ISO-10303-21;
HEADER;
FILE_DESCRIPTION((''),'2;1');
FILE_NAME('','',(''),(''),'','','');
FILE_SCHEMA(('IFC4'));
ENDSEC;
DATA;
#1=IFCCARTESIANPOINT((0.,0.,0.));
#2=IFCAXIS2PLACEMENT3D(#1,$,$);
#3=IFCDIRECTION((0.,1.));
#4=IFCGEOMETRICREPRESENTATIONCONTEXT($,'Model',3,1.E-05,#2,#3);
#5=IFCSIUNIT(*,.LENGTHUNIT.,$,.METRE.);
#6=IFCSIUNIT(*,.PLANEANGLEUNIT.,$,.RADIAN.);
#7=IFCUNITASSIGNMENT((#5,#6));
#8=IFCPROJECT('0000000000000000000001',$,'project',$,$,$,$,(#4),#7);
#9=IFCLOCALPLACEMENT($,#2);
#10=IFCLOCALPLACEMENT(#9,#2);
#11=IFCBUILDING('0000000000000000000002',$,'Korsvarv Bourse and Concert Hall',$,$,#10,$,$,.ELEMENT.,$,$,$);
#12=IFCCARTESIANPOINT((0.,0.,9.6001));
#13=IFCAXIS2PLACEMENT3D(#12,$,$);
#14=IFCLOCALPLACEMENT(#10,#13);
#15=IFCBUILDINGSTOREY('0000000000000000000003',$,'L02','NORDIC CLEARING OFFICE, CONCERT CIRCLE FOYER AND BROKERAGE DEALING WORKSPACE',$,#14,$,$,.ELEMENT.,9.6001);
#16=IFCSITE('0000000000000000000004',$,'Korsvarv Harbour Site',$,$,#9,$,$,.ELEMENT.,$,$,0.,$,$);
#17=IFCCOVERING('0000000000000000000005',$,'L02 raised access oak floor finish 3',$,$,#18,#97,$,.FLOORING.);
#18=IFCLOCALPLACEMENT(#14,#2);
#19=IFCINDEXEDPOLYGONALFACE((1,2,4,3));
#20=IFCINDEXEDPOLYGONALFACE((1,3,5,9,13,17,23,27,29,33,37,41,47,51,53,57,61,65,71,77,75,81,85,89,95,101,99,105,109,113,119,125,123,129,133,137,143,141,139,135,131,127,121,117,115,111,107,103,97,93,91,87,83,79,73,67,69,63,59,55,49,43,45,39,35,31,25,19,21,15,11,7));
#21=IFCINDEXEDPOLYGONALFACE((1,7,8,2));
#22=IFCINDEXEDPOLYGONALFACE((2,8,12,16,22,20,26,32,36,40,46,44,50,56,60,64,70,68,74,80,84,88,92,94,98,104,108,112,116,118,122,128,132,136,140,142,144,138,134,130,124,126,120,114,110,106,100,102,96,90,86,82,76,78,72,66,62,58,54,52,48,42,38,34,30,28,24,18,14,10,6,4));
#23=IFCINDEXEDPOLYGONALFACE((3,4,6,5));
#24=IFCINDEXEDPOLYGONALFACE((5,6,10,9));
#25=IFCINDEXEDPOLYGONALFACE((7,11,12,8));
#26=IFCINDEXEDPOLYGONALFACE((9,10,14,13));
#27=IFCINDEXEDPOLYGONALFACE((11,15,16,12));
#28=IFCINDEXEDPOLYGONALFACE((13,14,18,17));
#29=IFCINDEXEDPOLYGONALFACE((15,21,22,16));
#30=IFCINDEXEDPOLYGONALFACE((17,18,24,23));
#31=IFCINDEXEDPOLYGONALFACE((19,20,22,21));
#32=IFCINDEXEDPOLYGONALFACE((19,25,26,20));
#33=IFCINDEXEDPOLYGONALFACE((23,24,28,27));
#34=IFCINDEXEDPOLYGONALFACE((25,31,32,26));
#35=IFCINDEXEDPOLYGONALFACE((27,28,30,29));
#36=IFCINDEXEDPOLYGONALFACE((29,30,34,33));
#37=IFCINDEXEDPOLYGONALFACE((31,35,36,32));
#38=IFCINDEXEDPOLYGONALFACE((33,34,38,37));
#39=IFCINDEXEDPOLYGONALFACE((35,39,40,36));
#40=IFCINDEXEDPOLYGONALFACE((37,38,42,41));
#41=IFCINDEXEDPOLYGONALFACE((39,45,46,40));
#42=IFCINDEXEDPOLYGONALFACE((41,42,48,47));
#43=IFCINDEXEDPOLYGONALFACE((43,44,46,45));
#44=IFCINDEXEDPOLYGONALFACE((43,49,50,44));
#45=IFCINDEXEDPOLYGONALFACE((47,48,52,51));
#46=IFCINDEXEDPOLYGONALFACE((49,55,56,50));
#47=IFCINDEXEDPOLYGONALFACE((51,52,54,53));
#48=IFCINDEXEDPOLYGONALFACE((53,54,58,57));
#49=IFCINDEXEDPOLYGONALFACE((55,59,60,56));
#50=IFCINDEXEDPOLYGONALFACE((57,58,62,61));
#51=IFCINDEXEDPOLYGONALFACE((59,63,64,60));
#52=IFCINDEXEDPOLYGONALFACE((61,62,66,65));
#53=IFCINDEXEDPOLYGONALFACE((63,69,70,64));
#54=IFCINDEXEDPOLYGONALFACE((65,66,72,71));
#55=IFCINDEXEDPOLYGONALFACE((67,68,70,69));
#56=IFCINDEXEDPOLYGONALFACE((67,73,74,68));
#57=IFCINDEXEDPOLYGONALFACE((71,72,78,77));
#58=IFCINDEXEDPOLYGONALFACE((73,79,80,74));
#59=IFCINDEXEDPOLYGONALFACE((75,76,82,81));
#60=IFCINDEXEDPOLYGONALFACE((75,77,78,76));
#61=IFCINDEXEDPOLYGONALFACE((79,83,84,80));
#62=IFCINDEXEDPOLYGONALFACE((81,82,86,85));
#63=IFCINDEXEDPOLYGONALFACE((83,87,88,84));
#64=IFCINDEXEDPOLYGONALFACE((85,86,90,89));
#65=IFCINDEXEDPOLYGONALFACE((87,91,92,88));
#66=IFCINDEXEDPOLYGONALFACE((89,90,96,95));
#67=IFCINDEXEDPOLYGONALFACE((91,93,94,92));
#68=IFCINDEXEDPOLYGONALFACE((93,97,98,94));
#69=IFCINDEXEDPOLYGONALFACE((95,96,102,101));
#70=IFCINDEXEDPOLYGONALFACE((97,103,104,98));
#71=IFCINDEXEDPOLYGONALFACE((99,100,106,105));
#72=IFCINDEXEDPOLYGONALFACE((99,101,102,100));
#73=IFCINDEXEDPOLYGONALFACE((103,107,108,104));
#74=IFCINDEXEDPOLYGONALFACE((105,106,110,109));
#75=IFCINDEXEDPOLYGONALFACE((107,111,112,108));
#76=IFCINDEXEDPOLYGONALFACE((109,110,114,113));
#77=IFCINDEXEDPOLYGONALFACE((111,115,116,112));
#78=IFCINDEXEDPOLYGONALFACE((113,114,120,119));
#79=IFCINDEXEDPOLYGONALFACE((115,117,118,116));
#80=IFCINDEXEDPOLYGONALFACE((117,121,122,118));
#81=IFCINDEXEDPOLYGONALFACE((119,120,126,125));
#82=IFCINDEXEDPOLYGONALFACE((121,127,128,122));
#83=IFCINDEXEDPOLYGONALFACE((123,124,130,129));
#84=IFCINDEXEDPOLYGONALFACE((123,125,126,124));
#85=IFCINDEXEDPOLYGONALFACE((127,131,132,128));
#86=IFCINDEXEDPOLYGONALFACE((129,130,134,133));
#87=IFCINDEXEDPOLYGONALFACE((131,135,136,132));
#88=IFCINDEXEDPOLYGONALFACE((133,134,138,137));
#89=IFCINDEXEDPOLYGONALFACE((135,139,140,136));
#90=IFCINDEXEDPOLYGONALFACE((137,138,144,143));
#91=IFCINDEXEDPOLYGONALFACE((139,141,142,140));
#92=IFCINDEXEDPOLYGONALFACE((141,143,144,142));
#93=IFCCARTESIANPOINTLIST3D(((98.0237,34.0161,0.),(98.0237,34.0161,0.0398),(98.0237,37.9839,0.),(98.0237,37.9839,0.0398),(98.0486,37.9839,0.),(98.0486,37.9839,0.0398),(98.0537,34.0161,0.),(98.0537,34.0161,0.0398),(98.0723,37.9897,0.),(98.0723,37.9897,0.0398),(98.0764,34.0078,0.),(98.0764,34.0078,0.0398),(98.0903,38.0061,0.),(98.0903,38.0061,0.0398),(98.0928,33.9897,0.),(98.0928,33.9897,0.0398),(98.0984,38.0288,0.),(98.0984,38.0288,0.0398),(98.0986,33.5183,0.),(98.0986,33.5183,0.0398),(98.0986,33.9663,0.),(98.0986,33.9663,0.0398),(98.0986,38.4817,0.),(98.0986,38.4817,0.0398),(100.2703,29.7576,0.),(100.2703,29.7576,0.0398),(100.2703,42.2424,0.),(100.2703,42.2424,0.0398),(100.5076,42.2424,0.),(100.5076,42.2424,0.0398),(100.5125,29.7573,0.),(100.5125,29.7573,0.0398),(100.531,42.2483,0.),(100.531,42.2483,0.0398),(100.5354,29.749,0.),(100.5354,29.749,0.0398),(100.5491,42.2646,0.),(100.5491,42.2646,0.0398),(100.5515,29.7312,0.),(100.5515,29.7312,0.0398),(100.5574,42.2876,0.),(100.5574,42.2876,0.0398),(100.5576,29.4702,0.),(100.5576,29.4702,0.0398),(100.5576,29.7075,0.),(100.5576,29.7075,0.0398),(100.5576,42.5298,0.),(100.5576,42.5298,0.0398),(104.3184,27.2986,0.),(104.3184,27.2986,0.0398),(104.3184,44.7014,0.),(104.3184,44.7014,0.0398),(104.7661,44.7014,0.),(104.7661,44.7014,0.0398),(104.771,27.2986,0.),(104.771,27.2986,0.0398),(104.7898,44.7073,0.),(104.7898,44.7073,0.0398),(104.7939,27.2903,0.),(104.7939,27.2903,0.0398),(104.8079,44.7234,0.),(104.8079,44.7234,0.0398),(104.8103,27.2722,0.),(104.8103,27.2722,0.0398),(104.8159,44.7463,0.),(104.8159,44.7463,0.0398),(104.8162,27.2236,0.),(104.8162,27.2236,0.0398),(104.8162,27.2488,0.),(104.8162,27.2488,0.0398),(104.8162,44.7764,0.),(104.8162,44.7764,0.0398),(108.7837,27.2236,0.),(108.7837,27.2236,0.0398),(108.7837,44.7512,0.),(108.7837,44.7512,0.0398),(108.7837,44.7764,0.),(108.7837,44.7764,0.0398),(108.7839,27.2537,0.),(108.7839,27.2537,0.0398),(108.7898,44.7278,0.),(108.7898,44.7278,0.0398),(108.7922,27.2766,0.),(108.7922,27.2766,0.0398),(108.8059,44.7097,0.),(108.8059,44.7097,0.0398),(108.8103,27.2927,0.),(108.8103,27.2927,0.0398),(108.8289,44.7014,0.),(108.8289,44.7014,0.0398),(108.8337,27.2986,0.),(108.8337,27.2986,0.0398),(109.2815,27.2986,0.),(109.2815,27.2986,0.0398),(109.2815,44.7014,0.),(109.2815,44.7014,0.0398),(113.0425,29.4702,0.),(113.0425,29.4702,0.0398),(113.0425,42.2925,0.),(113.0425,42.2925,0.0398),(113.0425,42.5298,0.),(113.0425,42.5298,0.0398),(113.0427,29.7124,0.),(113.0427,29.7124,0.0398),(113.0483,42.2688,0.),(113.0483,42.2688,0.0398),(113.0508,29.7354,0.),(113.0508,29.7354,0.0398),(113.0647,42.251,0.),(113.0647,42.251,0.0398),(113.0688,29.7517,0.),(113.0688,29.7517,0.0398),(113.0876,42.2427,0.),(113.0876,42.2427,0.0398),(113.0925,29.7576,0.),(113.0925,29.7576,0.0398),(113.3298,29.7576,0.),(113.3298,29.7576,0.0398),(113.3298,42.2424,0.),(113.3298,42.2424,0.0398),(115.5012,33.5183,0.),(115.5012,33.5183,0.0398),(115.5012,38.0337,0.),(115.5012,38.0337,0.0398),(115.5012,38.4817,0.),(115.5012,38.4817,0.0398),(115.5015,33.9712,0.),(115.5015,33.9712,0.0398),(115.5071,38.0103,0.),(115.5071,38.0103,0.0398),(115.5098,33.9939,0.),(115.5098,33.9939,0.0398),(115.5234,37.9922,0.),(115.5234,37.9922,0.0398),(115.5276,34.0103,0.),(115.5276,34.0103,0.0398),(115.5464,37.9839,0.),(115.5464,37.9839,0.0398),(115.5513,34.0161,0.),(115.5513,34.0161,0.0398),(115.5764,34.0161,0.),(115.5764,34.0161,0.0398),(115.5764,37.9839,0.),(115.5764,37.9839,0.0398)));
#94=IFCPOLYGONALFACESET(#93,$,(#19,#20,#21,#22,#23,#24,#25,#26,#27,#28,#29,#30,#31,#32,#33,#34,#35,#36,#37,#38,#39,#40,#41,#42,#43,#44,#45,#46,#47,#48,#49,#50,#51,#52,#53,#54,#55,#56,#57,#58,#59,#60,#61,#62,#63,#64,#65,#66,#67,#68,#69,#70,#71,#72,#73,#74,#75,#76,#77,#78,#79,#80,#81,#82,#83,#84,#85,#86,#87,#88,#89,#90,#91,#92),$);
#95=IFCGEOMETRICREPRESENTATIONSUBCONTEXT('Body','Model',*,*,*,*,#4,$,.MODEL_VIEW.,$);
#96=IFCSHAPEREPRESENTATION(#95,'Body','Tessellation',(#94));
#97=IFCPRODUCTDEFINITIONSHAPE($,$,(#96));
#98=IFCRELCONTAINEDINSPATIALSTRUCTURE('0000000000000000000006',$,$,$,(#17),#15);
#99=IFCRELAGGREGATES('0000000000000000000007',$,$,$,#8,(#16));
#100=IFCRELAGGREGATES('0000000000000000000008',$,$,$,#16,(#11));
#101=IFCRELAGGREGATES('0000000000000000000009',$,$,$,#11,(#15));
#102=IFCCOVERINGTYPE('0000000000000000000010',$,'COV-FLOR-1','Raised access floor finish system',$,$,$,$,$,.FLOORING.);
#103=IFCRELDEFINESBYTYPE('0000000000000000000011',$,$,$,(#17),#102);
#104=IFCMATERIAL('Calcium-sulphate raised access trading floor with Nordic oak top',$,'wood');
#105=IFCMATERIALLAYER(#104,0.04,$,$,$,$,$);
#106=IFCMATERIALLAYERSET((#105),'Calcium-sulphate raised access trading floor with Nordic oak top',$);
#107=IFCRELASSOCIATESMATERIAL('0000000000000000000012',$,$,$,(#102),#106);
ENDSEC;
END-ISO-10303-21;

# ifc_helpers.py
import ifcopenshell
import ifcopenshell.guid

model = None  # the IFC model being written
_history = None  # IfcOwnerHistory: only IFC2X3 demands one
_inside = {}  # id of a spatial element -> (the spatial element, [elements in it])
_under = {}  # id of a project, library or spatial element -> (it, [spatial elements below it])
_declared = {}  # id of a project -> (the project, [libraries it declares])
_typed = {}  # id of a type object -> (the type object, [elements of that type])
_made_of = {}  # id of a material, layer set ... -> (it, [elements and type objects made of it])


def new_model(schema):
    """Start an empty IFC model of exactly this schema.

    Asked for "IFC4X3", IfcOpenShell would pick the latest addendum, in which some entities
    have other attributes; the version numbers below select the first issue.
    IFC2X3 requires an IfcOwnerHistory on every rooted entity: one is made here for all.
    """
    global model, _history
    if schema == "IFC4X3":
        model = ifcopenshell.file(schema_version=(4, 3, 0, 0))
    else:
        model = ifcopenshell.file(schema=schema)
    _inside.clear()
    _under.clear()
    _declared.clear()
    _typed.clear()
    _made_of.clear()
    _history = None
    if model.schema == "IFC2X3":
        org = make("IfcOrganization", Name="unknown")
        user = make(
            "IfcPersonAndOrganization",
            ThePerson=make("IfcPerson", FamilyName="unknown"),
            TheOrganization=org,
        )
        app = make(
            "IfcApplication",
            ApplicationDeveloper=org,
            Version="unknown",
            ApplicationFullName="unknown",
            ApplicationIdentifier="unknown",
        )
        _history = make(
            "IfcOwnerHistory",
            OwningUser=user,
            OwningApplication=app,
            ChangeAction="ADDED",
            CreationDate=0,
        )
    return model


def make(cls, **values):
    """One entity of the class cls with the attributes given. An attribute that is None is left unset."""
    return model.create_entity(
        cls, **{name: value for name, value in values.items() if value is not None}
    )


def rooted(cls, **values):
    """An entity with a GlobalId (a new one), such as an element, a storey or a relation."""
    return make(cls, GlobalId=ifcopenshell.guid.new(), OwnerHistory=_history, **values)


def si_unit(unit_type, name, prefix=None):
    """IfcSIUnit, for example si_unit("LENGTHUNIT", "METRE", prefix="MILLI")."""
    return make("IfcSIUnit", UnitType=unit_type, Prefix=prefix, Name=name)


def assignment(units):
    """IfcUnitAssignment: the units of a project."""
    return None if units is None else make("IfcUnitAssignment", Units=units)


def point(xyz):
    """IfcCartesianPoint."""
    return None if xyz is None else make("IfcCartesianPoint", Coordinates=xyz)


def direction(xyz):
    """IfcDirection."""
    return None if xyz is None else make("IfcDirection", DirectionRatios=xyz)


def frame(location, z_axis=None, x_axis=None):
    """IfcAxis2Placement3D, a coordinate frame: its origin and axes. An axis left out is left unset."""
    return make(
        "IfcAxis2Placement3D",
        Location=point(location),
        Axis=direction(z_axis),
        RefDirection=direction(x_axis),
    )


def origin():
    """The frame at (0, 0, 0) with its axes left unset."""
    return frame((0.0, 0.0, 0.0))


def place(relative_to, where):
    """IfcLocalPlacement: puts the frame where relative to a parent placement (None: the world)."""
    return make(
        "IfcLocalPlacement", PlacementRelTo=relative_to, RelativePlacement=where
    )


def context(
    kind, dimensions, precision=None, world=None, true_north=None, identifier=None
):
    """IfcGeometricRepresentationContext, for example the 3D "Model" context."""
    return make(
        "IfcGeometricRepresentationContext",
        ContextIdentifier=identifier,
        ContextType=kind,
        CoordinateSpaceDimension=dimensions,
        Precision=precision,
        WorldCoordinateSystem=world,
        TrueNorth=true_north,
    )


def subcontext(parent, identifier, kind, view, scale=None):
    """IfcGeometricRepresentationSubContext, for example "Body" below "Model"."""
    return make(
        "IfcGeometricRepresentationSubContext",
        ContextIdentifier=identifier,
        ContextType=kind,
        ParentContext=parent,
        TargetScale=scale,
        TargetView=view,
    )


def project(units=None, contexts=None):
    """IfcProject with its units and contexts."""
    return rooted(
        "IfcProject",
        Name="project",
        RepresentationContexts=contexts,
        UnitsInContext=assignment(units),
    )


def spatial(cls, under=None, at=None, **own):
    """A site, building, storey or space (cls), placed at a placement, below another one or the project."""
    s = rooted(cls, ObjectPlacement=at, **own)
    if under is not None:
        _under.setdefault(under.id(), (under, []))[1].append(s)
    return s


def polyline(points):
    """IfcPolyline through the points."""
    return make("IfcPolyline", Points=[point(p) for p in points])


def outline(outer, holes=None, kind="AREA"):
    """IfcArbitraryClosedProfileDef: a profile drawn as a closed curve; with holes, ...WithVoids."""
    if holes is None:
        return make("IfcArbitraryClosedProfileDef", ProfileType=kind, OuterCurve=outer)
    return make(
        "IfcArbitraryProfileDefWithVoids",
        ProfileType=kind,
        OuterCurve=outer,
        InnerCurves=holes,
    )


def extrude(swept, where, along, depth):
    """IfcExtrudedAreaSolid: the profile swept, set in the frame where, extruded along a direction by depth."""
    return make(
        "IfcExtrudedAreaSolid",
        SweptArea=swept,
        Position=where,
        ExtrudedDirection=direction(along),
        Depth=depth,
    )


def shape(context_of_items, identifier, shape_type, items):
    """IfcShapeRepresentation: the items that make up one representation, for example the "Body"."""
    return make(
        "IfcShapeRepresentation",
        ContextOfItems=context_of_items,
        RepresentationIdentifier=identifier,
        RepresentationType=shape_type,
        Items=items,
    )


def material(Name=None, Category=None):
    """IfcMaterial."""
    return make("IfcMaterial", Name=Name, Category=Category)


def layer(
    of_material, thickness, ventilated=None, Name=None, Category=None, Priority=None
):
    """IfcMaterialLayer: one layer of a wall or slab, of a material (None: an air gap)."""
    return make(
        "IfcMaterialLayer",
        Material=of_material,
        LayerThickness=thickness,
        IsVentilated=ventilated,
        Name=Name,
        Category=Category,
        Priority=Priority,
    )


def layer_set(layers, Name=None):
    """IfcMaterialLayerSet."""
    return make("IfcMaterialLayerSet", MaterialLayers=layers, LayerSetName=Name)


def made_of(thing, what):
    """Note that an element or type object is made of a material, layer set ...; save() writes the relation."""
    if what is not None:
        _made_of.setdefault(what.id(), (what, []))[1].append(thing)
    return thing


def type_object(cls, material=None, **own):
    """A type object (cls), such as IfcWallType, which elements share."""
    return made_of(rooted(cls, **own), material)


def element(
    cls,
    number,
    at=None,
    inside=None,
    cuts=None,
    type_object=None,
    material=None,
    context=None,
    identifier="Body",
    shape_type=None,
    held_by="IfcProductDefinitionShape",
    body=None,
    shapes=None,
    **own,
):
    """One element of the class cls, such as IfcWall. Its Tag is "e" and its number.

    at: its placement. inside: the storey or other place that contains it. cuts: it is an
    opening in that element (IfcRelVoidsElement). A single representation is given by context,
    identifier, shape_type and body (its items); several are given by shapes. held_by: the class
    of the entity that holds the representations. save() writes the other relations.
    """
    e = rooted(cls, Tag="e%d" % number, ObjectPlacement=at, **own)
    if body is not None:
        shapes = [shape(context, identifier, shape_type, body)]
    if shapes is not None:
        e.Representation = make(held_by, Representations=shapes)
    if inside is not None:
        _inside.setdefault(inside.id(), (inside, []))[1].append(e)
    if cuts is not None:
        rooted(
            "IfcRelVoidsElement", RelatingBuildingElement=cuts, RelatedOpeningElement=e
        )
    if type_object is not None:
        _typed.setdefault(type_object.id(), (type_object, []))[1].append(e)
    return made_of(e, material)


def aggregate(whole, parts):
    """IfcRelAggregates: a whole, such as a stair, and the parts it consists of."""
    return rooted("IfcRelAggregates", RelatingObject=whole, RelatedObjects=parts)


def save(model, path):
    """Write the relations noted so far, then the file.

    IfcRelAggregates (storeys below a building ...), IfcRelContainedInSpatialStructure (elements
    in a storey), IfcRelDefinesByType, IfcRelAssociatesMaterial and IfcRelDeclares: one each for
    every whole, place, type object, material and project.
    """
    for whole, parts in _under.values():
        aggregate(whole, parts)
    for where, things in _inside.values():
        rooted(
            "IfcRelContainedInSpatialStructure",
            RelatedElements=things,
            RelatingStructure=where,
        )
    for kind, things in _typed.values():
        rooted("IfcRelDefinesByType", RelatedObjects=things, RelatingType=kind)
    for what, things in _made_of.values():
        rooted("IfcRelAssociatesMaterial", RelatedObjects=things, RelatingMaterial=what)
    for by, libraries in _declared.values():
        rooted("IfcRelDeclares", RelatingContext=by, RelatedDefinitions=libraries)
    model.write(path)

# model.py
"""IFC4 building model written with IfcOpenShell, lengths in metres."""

from ifc_helpers import new_model, si_unit, direction, frame, origin, place, context, subcontext, project, spatial, polyline, outline, extrude, material, layer, layer_set, type_object, element, save


model = new_model("IFC4")

# Units and contexts
model_context = context("Model", 3, precision=1e-05, world=origin(), true_north=direction((0.0, 1.0)))
body_context = subcontext(model_context, "Body", "Model", "MODEL_VIEW")
ifc_project = project(units=[si_unit("LENGTHUNIT", "METRE"), si_unit("PLANEANGLEUNIT", "RADIAN")], contexts=[model_context])

# Site, building, storey
site_placement = place(None, origin())
site = spatial("IfcSite", under=ifc_project, at=site_placement, Name="Korsvarv Harbour Site", CompositionType="ELEMENT", RefElevation=0.0)
building_placement = place(site_placement, origin())
building = spatial("IfcBuilding", under=site, at=building_placement, Name="Korsvarv Bourse and Concert Hall", CompositionType="ELEMENT")
storey_placement = place(building_placement, frame((0.0, 0.0, 9.6001)))
storey = spatial("IfcBuildingStorey", under=building, at=storey_placement, Name="L02", Description="NORDIC CLEARING OFFICE, CONCERT CIRCLE FOYER AND BROKERAGE DEALING WORKSPACE", CompositionType="ELEMENT", Elevation=9.6001)

# Covering
ifc_material_1 = material(Name="Calcium-sulphate raised access trading floor with Nordic oak top", Category="wood")
ifc_layer_1 = layer(ifc_material_1, 0.04)
ifc_layer_set_1 = layer_set([ifc_layer_1], Name="Calcium-sulphate raised access trading floor with Nordic oak top")
covering_type_1 = type_object("IfcCoveringType", Name="COV-FLOR-1", Description="Raised access floor finish system", PredefinedType="FLOORING", material=ifc_layer_set_1)
covering_1_placement = place(storey_placement, origin())
element("IfcCovering", 1, at=covering_1_placement, inside=storey, type_object=covering_type_1, Name="L02 raised access oak floor finish 3", PredefinedType="FLOORING", context=body_context, shape_type="SweptSolid", body=[
    extrude(outline(polyline([(113.3298, 29.7576), (113.0925, 29.7576), (113.0688, 29.7517), (113.0508, 29.7354), (113.0427, 29.7124), (113.0425, 29.4702), (109.2815, 27.2986), (108.8337, 27.2986), (108.8103, 27.2927), (108.7922, 27.2766), (108.7839, 27.2537), (108.7837, 27.2236), (104.8162, 27.2236), (104.8162, 27.2488), (104.8103, 27.2722), (104.7939, 27.2903), (104.771, 27.2986), (104.3184, 27.2986), (100.5576, 29.4702), (100.5576, 29.7075), (100.5515, 29.7312), (100.5354, 29.749), (100.5125, 29.7573), (100.2703, 29.7576), (98.0986, 33.5183), (98.0986, 33.9663), (98.0928, 33.9897), (98.0764, 34.0078), (98.0537, 34.0161), (98.0237, 34.0161), (98.0237, 37.9839), (98.0486, 37.9839), (98.0723, 37.9897), (98.0903, 38.0061), (98.0984, 38.0288), (98.0986, 38.4817), (100.2703, 42.2424), (100.5076, 42.2424), (100.531, 42.2483), (100.5491, 42.2646), (100.5574, 42.2876), (100.5576, 42.5298), (104.3184, 44.7014), (104.7661, 44.7014), (104.7898, 44.7073), (104.8079, 44.7234), (104.8159, 44.7463), (104.8162, 44.7764), (108.7837, 44.7764), (108.7837, 44.7512), (108.7898, 44.7278), (108.8059, 44.7097), (108.8289, 44.7014), (109.2815, 44.7014), (113.0425, 42.5298), (113.0425, 42.2925), (113.0483, 42.2688), (113.0647, 42.251), (113.0876, 42.2427), (113.3298, 42.2424), (115.5012, 38.4817), (115.5012, 38.0337), (115.5071, 38.0103), (115.5234, 37.9922), (115.5464, 37.9839), (115.5764, 37.9839), (115.5764, 34.0161), (115.5513, 34.0161), (115.5276, 34.0103), (115.5098, 33.9939), (115.5015, 33.9712), (115.5012, 33.5183), (113.3298, 29.7576)])), origin(), (0.0, 0.0, 1.0), 0.0398),
])

save(model, "model.ifc")
